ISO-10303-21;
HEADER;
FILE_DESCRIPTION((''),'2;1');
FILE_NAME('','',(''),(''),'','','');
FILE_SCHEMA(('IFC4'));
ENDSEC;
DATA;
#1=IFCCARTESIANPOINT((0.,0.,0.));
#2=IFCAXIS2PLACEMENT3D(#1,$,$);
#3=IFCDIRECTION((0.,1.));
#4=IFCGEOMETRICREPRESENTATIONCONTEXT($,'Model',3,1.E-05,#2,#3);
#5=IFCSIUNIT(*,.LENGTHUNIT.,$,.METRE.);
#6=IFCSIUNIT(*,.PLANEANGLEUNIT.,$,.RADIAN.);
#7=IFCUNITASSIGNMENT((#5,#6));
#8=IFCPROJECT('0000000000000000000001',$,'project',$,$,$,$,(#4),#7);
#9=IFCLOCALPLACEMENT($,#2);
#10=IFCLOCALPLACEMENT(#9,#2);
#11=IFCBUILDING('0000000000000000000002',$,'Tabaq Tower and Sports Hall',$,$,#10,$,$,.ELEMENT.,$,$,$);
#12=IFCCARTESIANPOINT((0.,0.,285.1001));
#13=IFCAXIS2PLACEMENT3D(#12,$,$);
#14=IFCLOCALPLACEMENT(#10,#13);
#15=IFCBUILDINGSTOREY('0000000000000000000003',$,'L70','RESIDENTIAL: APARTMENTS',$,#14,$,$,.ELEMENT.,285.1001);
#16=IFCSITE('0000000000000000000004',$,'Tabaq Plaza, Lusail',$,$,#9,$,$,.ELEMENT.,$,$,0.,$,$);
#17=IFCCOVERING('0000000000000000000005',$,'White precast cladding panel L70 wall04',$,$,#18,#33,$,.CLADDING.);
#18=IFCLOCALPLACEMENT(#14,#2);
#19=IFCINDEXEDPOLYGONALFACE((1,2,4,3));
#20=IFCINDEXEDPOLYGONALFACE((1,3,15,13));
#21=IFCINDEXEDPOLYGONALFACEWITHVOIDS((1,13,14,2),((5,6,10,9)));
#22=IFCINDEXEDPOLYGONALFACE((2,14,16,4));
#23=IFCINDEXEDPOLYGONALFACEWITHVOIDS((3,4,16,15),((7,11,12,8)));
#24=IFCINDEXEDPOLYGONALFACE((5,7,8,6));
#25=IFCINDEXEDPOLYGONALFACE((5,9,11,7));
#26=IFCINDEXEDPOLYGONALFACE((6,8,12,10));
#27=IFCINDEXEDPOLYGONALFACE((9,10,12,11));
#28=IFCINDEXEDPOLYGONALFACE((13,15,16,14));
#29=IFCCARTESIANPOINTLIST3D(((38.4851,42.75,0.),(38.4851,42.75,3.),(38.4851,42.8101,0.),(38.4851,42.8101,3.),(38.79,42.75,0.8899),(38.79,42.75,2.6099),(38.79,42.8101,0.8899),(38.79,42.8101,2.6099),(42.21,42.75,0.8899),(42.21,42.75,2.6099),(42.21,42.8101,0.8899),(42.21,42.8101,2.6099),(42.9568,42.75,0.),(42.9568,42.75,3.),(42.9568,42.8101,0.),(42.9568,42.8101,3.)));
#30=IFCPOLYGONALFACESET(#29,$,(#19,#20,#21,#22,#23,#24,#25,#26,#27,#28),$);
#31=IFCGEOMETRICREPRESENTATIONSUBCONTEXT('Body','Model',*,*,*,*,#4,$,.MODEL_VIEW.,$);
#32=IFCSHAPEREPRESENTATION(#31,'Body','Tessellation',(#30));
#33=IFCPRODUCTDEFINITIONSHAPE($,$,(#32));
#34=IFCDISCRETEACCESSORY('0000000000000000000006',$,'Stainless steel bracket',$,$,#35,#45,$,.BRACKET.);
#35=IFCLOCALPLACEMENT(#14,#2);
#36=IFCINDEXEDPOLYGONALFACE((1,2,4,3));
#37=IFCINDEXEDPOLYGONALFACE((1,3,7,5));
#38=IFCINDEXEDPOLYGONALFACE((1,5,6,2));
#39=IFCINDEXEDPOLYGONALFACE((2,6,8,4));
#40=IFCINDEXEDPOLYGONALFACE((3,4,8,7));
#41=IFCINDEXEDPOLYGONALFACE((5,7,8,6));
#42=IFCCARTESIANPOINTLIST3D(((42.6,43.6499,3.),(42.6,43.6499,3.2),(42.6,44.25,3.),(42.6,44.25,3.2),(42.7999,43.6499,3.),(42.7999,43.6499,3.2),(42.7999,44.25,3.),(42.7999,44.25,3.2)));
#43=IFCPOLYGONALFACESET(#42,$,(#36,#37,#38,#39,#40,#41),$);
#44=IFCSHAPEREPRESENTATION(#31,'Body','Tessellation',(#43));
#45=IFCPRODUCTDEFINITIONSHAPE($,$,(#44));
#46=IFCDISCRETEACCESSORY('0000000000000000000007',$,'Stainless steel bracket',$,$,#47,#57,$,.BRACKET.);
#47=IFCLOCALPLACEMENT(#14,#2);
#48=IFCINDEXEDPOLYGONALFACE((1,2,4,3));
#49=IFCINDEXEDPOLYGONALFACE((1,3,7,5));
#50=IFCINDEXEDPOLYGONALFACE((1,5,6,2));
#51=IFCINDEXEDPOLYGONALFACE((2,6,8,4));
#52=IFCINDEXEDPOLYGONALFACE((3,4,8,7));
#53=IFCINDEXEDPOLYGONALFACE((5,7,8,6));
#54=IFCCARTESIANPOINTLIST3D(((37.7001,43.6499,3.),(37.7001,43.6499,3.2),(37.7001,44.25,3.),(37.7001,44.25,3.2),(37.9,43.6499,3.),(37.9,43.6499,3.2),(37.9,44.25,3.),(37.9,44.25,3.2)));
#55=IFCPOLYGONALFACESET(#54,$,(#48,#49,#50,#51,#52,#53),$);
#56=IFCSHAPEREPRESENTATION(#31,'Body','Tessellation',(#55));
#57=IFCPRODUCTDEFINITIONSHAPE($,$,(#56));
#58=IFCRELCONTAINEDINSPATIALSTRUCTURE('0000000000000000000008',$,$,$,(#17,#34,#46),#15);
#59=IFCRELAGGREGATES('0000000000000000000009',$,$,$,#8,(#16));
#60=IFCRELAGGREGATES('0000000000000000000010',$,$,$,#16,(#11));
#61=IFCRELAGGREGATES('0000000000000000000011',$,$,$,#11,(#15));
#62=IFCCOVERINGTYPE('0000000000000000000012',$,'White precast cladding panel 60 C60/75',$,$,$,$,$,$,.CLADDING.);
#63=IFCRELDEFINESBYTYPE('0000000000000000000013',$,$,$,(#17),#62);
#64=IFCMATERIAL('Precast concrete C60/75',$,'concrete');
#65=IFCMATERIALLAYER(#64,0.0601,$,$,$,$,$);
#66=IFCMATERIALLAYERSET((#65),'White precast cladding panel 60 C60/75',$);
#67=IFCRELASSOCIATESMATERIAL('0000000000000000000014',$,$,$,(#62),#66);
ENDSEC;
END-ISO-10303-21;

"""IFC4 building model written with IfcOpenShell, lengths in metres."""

from ifc_helpers import new_model, si_unit, direction, frame, origin, origin_2d, place, context, subcontext, project, spatial, polyline, rectangle, outline, extrude, material, layer, layer_set, type_object, element, save


model = new_model("IFC4")

# Units and contexts
model_context = context("Model", 3, precision=1e-05, world=origin(), true_north=direction((0.0, 1.0)))
body_context = subcontext(model_context, "Body", "Model", "MODEL_VIEW")
ifc_project = project(units=[si_unit("LENGTHUNIT", "METRE"), si_unit("PLANEANGLEUNIT", "RADIAN")], contexts=[model_context])

# Site, building, storey
site_placement = place(None, origin())
site = spatial("IfcSite", under=ifc_project, at=site_placement, Name="Tabaq Plaza, Lusail", CompositionType="ELEMENT", RefElevation=0.0)
building_placement = place(site_placement, origin())
building = spatial("IfcBuilding", under=site, at=building_placement, Name="Tabaq Tower and Sports Hall", CompositionType="ELEMENT")
storey_placement = place(building_placement, frame((0.0, 0.0, 285.1001)))
storey = spatial("IfcBuildingStorey", under=building, at=storey_placement, Name="L70", Description="RESIDENTIAL: APARTMENTS", CompositionType="ELEMENT", Elevation=285.1001)

# Covering
ifc_material_1 = material(Name="Precast concrete C60/75", Category="concrete")
ifc_layer_1 = layer(ifc_material_1, 0.0601)
ifc_layer_set_1 = layer_set([ifc_layer_1], Name="White precast cladding panel 60 C60/75")
covering_type = type_object("IfcCoveringType", Name="White precast cladding panel 60 C60/75", PredefinedType="CLADDING", material=ifc_layer_set_1)
covering_placement = place(storey_placement, frame((42.9568, 42.78, 0.0), z_axis=(0.0, 0.0, 1.0), x_axis=(-1.0, 0.0, 0.0)))
element("IfcCovering", 1, at=covering_placement, inside=storey, type_object=covering_type, Name="White precast cladding panel L70 wall04", PredefinedType="CLADDING", context=body_context, shape_type="SweptSolid", body=[
    extrude(outline(polyline([(0.0, 0.0), (4.4717, 0.0), (4.4717, 3.0), (0.0, 3.0), (0.0, 0.0)]), holes=[polyline([(0.7468, 0.8899), (0.7468, 2.6099), (4.1667, 2.6099), (4.1667, 0.8899), (0.7468, 0.8899)])]), frame((0.0, 0.03, 0.0), z_axis=(0.0, -1.0, 0.0), x_axis=(1.0, 0.0, 0.0)), (0.0, 0.0, 1.0), 0.0601),
])

# Discrete accessories
for number, where, z_axis, x_axis, name in (
    (2, (42.7, 43.95, 3.0), (0.0, 0.0, 1.0), (0.0, 1.0, 0.0), "Stainless steel bracket"),
    (3, (37.8, 43.95, 3.0), (0.0, 0.0, 1.0), (0.0, 1.0, 0.0), "Stainless steel bracket"),
):
    element("IfcDiscreteAccessory", number, at=place(storey_placement, frame(where, z_axis=z_axis, x_axis=x_axis)), inside=storey, Name=name, PredefinedType="BRACKET", context=body_context, shape_type="SweptSolid", body=[
        extrude(rectangle(XDim=0.6001, YDim=0.2, at=origin_2d()), origin(), (0.0, 0.0, 1.0), 0.2),
    ])

save(model, "model.ifc")
